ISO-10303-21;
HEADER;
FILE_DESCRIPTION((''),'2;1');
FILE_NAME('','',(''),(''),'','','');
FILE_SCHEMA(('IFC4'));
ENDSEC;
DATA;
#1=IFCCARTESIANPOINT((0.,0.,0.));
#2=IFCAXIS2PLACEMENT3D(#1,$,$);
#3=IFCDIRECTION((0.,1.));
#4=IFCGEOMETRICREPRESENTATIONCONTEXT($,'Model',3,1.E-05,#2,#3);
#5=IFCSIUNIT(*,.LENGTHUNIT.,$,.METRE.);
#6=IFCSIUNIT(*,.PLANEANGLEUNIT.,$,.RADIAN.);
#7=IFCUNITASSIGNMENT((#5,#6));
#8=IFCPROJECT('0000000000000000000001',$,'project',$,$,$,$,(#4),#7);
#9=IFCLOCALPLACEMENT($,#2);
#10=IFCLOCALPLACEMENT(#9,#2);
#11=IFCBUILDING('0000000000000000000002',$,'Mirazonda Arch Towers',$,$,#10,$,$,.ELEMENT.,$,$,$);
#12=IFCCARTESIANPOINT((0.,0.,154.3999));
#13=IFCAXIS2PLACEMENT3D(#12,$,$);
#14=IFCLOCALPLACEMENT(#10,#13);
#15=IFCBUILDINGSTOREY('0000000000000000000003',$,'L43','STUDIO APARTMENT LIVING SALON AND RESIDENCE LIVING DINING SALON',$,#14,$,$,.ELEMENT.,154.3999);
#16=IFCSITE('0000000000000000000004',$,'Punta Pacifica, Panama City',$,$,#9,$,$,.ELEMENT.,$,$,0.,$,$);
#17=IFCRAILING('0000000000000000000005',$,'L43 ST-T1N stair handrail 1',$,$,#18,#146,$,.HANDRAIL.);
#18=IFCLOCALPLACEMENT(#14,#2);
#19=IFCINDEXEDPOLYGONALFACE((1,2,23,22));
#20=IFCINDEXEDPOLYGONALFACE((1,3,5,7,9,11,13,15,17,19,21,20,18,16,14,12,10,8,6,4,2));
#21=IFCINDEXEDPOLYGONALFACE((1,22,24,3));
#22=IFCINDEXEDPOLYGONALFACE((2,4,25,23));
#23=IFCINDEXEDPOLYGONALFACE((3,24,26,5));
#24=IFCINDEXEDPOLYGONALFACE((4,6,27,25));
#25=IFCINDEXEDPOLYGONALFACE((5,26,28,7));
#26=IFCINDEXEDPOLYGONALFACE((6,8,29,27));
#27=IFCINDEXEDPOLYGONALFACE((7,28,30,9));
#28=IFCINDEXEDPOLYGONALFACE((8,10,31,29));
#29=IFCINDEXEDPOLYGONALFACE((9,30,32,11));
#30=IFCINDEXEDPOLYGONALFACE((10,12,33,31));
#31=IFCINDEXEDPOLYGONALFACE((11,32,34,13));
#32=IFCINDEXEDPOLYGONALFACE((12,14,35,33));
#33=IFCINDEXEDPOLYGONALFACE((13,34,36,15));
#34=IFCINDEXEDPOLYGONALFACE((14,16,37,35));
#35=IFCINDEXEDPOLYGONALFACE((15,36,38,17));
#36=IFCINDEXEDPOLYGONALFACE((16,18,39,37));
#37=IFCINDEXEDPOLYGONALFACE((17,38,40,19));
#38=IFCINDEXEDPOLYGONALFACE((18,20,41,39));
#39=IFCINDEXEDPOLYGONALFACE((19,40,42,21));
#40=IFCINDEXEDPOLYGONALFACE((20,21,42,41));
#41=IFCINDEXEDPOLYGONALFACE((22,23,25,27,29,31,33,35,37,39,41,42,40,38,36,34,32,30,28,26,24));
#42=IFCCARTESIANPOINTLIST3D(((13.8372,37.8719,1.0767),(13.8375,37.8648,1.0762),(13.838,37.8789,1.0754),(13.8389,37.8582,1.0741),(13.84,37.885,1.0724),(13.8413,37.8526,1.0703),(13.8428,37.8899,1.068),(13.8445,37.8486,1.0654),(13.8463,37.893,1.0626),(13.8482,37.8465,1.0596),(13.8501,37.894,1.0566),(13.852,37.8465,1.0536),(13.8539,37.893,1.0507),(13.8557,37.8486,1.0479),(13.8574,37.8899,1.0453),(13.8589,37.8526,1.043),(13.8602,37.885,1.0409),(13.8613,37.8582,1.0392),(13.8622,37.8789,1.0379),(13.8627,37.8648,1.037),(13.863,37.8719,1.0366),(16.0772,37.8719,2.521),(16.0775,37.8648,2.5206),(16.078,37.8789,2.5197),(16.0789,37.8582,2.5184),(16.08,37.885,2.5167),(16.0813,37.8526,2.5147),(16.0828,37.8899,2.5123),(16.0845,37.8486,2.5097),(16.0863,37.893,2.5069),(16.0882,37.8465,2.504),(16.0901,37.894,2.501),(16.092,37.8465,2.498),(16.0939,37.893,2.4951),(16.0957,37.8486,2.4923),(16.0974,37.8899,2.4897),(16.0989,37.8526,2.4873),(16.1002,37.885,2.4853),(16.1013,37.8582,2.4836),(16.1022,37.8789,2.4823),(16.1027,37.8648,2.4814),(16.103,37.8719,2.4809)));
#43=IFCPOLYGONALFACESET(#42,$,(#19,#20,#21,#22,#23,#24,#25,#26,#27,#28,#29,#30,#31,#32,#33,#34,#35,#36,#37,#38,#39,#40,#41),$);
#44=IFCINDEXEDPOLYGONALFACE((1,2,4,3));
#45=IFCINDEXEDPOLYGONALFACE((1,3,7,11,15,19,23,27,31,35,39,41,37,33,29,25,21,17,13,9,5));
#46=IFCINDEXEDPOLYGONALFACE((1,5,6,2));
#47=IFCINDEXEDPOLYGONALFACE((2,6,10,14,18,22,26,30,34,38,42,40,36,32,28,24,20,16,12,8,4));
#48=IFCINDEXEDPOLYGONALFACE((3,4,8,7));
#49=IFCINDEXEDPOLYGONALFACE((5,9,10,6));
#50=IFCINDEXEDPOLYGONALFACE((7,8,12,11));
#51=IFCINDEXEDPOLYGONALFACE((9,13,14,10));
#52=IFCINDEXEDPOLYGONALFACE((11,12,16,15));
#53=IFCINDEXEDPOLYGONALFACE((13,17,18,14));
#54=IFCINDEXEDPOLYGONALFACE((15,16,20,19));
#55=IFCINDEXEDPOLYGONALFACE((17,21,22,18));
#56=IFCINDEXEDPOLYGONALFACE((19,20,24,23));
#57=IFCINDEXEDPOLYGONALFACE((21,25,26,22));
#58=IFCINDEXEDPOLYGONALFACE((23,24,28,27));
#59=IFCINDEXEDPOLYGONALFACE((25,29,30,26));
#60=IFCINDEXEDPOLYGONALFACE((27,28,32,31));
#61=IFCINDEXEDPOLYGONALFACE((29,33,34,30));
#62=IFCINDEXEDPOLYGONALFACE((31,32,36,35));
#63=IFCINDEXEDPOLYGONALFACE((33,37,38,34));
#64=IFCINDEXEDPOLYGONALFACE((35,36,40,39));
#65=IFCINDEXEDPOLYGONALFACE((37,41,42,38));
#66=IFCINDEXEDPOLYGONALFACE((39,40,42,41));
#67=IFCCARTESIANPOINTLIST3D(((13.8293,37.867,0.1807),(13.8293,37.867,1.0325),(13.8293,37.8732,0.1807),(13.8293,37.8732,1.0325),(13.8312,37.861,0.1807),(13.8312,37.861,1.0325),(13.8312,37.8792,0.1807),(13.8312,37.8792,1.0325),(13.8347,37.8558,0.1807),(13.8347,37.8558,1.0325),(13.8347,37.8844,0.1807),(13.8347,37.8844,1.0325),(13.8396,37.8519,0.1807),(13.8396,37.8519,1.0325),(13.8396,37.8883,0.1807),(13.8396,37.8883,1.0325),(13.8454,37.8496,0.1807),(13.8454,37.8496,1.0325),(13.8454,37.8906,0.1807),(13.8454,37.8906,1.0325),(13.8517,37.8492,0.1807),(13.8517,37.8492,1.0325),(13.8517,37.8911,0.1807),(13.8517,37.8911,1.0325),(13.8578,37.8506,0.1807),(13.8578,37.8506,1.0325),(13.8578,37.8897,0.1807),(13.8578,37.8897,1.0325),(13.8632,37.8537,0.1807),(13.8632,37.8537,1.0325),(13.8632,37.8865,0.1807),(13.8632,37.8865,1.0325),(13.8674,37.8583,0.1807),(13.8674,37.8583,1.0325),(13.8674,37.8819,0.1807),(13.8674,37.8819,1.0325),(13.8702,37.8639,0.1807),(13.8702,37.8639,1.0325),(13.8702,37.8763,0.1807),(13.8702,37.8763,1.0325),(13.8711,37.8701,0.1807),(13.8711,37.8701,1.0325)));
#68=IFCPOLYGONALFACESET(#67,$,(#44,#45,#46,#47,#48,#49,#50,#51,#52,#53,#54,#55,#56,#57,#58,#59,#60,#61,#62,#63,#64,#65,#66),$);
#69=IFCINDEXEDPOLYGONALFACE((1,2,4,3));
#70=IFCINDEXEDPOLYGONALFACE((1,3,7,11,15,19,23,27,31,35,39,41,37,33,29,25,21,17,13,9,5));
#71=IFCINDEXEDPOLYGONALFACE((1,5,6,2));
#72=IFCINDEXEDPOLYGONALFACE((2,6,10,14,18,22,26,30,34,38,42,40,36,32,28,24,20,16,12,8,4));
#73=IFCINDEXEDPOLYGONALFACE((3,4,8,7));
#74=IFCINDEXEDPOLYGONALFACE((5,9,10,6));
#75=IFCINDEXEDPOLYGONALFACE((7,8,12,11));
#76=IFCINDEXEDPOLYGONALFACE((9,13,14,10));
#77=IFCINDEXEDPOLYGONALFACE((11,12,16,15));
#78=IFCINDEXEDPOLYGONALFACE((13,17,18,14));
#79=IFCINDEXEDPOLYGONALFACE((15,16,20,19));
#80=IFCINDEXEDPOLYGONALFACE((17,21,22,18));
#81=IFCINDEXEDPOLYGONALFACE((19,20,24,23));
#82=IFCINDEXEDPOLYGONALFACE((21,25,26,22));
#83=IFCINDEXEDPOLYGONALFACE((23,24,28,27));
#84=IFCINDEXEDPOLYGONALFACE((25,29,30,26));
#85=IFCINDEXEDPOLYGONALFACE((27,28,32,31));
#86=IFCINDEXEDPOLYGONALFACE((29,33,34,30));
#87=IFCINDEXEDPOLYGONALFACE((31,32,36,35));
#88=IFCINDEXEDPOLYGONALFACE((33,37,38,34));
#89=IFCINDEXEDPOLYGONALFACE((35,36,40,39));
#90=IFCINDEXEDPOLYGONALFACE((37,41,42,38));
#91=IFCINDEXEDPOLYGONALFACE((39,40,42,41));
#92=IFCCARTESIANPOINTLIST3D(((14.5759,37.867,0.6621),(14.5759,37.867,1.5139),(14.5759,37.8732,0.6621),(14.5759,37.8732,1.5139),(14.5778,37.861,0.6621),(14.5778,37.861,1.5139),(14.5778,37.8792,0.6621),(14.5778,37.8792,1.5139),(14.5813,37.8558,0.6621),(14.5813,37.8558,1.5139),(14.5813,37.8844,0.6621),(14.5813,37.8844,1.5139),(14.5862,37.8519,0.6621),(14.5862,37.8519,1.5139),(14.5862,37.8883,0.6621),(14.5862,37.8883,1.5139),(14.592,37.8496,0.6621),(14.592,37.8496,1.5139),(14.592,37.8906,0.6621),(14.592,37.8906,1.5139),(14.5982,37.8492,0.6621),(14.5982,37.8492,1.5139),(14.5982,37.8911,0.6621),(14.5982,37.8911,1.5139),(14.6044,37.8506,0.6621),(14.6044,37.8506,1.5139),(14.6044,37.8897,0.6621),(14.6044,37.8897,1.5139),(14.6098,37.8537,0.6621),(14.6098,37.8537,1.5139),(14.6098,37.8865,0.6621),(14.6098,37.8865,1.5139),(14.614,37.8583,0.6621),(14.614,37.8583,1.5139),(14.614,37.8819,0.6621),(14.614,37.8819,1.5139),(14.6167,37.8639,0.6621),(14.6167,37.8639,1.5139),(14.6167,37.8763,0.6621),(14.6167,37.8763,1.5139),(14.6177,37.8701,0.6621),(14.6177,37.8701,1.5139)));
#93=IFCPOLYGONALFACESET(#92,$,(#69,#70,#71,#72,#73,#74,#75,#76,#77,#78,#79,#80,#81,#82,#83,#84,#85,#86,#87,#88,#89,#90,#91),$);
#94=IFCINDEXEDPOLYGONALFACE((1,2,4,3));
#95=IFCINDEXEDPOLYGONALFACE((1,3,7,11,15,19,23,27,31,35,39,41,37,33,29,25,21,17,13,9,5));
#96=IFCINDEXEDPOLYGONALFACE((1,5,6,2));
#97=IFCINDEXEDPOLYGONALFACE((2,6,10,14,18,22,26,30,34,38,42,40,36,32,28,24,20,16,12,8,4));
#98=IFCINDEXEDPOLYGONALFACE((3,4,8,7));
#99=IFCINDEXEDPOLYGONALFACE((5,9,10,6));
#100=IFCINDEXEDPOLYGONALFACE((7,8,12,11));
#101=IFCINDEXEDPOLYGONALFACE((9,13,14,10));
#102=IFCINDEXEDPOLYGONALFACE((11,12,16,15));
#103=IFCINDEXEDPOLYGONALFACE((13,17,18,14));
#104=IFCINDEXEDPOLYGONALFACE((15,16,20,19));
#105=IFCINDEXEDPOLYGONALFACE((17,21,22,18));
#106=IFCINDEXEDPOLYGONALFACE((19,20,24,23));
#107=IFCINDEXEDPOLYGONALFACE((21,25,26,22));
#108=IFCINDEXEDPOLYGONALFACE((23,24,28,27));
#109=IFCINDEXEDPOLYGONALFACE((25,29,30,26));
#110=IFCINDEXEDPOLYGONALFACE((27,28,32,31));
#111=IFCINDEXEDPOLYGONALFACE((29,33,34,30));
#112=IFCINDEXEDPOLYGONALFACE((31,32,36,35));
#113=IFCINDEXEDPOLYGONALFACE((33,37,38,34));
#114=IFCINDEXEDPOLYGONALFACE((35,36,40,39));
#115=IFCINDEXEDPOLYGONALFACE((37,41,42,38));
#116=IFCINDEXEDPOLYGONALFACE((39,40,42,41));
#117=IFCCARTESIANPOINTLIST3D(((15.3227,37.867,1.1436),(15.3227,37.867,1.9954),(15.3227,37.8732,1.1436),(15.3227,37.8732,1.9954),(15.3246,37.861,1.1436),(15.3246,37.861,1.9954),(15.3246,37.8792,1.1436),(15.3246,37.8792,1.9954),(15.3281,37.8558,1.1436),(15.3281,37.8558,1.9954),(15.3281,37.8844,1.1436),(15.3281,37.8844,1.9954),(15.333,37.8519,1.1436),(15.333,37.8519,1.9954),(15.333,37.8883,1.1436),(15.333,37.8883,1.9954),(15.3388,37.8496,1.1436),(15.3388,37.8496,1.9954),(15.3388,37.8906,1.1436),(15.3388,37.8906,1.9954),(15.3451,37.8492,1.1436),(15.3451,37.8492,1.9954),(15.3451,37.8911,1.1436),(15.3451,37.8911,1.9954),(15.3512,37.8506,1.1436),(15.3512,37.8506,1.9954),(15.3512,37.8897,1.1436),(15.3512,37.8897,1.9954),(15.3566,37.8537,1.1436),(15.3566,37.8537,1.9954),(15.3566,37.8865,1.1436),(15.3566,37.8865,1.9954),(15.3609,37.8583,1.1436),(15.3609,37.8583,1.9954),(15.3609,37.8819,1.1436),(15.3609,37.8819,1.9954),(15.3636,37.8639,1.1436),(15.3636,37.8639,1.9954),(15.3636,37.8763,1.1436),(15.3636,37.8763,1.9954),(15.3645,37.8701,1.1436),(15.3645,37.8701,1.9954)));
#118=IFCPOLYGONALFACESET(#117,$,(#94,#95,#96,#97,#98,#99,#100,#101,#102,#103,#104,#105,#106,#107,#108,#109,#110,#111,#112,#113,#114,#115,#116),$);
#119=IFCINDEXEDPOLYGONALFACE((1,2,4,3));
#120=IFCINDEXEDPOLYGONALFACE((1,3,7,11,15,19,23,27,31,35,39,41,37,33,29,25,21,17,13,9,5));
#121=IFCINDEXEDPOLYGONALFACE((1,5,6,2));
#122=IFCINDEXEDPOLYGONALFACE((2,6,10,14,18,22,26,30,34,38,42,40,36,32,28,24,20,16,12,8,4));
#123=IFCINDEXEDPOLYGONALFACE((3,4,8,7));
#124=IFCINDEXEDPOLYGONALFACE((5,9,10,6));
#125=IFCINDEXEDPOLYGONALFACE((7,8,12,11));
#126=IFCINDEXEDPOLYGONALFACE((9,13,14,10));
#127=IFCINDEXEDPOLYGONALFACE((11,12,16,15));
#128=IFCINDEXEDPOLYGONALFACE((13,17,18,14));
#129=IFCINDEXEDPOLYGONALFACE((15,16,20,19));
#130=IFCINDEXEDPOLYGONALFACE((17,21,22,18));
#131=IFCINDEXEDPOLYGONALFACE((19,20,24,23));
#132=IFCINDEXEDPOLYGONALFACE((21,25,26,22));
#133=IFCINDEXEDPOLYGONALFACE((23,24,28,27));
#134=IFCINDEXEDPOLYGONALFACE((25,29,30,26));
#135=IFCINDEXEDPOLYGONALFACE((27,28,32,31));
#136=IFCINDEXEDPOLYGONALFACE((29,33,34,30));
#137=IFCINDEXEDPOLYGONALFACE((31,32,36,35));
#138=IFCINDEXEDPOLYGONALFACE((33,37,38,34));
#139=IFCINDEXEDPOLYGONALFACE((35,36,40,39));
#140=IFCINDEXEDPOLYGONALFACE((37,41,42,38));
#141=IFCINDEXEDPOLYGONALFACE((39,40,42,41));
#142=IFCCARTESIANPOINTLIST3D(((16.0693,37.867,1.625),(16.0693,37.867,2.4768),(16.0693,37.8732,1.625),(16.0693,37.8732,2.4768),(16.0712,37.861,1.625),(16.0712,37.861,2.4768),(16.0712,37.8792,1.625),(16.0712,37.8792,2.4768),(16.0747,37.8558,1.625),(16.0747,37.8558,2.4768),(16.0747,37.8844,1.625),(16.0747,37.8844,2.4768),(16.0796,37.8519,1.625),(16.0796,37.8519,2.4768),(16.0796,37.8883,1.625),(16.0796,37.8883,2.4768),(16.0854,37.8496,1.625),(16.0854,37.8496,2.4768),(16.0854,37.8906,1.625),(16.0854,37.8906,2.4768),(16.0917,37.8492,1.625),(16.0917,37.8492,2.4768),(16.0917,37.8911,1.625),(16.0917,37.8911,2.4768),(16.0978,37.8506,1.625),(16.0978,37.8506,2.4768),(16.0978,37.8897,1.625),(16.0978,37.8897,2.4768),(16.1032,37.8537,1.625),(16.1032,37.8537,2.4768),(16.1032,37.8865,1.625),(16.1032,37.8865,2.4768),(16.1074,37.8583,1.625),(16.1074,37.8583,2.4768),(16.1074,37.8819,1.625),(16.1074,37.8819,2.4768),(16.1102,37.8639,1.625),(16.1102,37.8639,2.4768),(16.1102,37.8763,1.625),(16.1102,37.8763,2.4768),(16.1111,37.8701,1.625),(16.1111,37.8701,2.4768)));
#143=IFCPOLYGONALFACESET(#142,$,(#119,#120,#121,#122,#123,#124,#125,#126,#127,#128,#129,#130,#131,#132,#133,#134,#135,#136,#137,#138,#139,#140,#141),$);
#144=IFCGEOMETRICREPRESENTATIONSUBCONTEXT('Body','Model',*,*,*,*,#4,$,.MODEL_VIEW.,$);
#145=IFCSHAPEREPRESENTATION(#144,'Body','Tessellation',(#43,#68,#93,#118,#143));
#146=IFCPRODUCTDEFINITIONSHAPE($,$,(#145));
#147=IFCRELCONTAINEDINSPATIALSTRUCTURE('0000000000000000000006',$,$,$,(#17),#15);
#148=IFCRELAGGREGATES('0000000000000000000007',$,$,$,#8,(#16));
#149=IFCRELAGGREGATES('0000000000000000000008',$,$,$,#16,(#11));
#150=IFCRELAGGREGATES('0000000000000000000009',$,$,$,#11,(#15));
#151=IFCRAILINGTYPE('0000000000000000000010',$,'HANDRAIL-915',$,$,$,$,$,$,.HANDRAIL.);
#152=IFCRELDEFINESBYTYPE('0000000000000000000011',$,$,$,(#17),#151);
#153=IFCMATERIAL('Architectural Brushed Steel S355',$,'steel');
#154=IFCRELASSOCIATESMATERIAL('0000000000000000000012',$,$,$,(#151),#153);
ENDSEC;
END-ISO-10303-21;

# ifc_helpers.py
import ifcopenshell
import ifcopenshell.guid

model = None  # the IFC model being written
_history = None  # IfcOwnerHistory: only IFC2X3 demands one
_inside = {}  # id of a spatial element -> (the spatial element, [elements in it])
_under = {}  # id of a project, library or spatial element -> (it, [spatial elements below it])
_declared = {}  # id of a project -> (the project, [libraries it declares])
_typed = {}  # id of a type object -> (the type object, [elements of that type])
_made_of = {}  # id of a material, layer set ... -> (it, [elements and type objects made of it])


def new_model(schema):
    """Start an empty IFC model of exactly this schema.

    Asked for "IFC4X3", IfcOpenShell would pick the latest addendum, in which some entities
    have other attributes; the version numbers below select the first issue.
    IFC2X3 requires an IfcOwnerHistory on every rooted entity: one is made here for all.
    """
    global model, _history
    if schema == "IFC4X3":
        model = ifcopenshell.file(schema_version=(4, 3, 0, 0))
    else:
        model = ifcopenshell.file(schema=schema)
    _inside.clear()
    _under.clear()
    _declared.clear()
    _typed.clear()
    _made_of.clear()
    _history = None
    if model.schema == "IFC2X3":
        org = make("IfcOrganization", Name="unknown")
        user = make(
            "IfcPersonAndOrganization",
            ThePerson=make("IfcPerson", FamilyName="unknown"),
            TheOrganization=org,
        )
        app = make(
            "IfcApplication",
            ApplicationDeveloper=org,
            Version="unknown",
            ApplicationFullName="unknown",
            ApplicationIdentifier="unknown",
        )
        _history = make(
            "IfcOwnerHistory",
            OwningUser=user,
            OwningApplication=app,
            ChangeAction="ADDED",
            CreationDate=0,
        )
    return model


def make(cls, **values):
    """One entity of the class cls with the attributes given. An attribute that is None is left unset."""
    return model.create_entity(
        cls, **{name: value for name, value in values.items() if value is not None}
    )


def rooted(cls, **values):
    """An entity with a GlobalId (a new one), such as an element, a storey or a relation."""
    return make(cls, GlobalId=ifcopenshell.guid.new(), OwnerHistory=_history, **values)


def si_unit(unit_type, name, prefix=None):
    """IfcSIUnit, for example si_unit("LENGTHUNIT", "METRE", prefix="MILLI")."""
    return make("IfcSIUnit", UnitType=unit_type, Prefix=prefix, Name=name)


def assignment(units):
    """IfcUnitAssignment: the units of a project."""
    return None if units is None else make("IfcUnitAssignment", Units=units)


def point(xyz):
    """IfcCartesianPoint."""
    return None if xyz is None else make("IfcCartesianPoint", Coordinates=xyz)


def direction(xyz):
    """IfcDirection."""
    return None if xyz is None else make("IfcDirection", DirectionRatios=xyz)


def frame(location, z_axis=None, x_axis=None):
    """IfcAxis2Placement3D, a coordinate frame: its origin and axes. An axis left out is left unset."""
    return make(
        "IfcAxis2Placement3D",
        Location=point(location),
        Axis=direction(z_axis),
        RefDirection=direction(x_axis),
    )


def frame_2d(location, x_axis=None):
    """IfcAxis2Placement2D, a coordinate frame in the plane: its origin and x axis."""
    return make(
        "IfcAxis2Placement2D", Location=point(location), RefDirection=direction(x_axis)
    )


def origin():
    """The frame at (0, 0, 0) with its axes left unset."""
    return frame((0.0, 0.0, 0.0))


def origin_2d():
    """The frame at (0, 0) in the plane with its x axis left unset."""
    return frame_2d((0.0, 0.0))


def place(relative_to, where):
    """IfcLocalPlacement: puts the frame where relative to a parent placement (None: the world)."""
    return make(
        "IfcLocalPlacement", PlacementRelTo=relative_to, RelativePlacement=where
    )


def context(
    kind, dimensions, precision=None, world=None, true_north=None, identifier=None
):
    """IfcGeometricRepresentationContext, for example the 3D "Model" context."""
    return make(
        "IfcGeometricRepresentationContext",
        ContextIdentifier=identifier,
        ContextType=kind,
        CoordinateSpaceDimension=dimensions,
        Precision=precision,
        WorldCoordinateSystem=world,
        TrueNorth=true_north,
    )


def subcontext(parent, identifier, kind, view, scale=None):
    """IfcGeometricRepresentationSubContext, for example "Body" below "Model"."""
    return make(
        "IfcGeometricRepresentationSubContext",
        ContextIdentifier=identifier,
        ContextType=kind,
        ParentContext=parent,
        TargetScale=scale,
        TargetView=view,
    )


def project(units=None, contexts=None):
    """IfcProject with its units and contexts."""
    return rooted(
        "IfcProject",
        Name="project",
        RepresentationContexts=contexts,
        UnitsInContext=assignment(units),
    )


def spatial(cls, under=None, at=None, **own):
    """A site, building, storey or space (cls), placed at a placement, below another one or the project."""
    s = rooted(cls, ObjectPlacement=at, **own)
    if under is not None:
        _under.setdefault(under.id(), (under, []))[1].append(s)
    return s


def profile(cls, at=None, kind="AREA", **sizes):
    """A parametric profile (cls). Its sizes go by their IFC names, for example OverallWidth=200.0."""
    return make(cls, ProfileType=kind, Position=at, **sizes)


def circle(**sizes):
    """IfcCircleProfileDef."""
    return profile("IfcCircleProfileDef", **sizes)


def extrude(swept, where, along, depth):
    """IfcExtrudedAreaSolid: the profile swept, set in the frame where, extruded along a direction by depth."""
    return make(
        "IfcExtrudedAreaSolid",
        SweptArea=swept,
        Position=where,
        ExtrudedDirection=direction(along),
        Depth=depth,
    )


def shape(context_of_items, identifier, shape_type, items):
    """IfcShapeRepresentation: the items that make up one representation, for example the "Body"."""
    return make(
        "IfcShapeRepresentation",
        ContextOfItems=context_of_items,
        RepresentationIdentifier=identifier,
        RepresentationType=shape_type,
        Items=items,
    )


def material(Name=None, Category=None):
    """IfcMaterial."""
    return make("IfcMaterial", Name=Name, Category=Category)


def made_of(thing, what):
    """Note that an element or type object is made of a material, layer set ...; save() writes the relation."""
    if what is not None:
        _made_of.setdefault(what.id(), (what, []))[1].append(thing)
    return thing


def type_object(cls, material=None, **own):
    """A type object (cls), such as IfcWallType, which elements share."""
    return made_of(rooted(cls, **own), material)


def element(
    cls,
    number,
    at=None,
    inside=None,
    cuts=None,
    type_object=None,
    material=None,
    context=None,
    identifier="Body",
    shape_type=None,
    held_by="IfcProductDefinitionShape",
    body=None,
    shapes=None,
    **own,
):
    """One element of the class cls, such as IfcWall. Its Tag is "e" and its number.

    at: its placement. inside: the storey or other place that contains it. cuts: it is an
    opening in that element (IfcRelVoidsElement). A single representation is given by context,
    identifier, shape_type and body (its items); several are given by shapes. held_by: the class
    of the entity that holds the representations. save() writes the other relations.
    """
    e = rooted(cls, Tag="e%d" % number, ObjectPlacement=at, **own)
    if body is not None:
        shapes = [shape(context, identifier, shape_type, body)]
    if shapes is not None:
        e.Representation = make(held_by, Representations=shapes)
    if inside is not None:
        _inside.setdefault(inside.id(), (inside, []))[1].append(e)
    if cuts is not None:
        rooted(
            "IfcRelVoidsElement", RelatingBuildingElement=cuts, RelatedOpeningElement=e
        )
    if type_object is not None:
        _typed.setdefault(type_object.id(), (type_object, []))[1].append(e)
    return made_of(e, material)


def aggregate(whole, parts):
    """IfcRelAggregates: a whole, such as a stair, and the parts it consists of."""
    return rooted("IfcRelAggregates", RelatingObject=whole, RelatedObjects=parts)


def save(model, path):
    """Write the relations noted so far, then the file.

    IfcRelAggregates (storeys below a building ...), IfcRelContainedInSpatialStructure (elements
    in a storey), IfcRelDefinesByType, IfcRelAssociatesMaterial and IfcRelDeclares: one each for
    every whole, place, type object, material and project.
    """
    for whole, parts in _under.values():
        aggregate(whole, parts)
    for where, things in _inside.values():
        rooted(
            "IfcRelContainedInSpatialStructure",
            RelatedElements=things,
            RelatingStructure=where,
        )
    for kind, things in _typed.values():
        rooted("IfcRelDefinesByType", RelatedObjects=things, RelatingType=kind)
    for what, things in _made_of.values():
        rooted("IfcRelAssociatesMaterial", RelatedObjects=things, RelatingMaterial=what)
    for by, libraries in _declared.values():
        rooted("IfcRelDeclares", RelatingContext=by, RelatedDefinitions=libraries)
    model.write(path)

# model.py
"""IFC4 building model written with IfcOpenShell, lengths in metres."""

from ifc_helpers import new_model, si_unit, direction, frame, origin, origin_2d, place, context, subcontext, project, spatial, circle, extrude, material, type_object, element, save


model = new_model("IFC4")

# Units and contexts
model_context = context("Model", 3, precision=1e-05, world=origin(), true_north=direction((0.0, 1.0)))
body_context = subcontext(model_context, "Body", "Model", "MODEL_VIEW")
ifc_project = project(units=[si_unit("LENGTHUNIT", "METRE"), si_unit("PLANEANGLEUNIT", "RADIAN")], contexts=[model_context])

# Site, building, storey
site_placement = place(None, origin())
site = spatial("IfcSite", under=ifc_project, at=site_placement, Name="Punta Pacifica, Panama City", CompositionType="ELEMENT", RefElevation=0.0)
building_placement = place(site_placement, origin())
building = spatial("IfcBuilding", under=site, at=building_placement, Name="Mirazonda Arch Towers", CompositionType="ELEMENT")
storey_placement = place(building_placement, frame((0.0, 0.0, 154.3999)))
storey = spatial("IfcBuildingStorey", under=building, at=storey_placement, Name="L43", Description="STUDIO APARTMENT LIVING SALON AND RESIDENCE LIVING DINING SALON", CompositionType="ELEMENT", Elevation=154.3999)

# Shared definitions
ifc_material_1 = material(Name="Architectural Brushed Steel S355", Category="steel")

# Railing
railing_type_1 = type_object("IfcRailingType", Name="HANDRAIL-915", PredefinedType="HANDRAIL", material=ifc_material_1)
railing_1_placement = place(storey_placement, frame((13.8501, 37.8701, 0.1807)))
element("IfcRailing", 1, at=railing_1_placement, inside=storey, type_object=railing_type_1, Name="L43 ST-T1N stair handrail 1", PredefinedType="HANDRAIL", context=body_context, shape_type="SweptSolid", body=[
    extrude(circle(Radius=0.0239, at=origin_2d()), frame((0.0, 0.0, 0.876), z_axis=(0.840437, 0.0, 0.54191), x_axis=(0.0, 1.0, 0.0)), (0.0, 0.0, 1.0), 2.6653),
    extrude(circle(Radius=0.021, at=origin_2d()), origin(), (0.0, 0.0, 1.0), 0.8518),
    extrude(circle(Radius=0.021, at=origin_2d()), frame((0.7466, 0.0, 0.4814)), (0.0, 0.0, 1.0), 0.8518),
    extrude(circle(Radius=0.021, at=origin_2d()), frame((1.4934, 0.0, 0.9629)), (0.0, 0.0, 1.0), 0.8518),
    extrude(circle(Radius=0.021, at=origin_2d()), frame((2.24, 0.0, 1.4443)), (0.0, 0.0, 1.0), 0.8518),
])

save(model, "model.ifc")
